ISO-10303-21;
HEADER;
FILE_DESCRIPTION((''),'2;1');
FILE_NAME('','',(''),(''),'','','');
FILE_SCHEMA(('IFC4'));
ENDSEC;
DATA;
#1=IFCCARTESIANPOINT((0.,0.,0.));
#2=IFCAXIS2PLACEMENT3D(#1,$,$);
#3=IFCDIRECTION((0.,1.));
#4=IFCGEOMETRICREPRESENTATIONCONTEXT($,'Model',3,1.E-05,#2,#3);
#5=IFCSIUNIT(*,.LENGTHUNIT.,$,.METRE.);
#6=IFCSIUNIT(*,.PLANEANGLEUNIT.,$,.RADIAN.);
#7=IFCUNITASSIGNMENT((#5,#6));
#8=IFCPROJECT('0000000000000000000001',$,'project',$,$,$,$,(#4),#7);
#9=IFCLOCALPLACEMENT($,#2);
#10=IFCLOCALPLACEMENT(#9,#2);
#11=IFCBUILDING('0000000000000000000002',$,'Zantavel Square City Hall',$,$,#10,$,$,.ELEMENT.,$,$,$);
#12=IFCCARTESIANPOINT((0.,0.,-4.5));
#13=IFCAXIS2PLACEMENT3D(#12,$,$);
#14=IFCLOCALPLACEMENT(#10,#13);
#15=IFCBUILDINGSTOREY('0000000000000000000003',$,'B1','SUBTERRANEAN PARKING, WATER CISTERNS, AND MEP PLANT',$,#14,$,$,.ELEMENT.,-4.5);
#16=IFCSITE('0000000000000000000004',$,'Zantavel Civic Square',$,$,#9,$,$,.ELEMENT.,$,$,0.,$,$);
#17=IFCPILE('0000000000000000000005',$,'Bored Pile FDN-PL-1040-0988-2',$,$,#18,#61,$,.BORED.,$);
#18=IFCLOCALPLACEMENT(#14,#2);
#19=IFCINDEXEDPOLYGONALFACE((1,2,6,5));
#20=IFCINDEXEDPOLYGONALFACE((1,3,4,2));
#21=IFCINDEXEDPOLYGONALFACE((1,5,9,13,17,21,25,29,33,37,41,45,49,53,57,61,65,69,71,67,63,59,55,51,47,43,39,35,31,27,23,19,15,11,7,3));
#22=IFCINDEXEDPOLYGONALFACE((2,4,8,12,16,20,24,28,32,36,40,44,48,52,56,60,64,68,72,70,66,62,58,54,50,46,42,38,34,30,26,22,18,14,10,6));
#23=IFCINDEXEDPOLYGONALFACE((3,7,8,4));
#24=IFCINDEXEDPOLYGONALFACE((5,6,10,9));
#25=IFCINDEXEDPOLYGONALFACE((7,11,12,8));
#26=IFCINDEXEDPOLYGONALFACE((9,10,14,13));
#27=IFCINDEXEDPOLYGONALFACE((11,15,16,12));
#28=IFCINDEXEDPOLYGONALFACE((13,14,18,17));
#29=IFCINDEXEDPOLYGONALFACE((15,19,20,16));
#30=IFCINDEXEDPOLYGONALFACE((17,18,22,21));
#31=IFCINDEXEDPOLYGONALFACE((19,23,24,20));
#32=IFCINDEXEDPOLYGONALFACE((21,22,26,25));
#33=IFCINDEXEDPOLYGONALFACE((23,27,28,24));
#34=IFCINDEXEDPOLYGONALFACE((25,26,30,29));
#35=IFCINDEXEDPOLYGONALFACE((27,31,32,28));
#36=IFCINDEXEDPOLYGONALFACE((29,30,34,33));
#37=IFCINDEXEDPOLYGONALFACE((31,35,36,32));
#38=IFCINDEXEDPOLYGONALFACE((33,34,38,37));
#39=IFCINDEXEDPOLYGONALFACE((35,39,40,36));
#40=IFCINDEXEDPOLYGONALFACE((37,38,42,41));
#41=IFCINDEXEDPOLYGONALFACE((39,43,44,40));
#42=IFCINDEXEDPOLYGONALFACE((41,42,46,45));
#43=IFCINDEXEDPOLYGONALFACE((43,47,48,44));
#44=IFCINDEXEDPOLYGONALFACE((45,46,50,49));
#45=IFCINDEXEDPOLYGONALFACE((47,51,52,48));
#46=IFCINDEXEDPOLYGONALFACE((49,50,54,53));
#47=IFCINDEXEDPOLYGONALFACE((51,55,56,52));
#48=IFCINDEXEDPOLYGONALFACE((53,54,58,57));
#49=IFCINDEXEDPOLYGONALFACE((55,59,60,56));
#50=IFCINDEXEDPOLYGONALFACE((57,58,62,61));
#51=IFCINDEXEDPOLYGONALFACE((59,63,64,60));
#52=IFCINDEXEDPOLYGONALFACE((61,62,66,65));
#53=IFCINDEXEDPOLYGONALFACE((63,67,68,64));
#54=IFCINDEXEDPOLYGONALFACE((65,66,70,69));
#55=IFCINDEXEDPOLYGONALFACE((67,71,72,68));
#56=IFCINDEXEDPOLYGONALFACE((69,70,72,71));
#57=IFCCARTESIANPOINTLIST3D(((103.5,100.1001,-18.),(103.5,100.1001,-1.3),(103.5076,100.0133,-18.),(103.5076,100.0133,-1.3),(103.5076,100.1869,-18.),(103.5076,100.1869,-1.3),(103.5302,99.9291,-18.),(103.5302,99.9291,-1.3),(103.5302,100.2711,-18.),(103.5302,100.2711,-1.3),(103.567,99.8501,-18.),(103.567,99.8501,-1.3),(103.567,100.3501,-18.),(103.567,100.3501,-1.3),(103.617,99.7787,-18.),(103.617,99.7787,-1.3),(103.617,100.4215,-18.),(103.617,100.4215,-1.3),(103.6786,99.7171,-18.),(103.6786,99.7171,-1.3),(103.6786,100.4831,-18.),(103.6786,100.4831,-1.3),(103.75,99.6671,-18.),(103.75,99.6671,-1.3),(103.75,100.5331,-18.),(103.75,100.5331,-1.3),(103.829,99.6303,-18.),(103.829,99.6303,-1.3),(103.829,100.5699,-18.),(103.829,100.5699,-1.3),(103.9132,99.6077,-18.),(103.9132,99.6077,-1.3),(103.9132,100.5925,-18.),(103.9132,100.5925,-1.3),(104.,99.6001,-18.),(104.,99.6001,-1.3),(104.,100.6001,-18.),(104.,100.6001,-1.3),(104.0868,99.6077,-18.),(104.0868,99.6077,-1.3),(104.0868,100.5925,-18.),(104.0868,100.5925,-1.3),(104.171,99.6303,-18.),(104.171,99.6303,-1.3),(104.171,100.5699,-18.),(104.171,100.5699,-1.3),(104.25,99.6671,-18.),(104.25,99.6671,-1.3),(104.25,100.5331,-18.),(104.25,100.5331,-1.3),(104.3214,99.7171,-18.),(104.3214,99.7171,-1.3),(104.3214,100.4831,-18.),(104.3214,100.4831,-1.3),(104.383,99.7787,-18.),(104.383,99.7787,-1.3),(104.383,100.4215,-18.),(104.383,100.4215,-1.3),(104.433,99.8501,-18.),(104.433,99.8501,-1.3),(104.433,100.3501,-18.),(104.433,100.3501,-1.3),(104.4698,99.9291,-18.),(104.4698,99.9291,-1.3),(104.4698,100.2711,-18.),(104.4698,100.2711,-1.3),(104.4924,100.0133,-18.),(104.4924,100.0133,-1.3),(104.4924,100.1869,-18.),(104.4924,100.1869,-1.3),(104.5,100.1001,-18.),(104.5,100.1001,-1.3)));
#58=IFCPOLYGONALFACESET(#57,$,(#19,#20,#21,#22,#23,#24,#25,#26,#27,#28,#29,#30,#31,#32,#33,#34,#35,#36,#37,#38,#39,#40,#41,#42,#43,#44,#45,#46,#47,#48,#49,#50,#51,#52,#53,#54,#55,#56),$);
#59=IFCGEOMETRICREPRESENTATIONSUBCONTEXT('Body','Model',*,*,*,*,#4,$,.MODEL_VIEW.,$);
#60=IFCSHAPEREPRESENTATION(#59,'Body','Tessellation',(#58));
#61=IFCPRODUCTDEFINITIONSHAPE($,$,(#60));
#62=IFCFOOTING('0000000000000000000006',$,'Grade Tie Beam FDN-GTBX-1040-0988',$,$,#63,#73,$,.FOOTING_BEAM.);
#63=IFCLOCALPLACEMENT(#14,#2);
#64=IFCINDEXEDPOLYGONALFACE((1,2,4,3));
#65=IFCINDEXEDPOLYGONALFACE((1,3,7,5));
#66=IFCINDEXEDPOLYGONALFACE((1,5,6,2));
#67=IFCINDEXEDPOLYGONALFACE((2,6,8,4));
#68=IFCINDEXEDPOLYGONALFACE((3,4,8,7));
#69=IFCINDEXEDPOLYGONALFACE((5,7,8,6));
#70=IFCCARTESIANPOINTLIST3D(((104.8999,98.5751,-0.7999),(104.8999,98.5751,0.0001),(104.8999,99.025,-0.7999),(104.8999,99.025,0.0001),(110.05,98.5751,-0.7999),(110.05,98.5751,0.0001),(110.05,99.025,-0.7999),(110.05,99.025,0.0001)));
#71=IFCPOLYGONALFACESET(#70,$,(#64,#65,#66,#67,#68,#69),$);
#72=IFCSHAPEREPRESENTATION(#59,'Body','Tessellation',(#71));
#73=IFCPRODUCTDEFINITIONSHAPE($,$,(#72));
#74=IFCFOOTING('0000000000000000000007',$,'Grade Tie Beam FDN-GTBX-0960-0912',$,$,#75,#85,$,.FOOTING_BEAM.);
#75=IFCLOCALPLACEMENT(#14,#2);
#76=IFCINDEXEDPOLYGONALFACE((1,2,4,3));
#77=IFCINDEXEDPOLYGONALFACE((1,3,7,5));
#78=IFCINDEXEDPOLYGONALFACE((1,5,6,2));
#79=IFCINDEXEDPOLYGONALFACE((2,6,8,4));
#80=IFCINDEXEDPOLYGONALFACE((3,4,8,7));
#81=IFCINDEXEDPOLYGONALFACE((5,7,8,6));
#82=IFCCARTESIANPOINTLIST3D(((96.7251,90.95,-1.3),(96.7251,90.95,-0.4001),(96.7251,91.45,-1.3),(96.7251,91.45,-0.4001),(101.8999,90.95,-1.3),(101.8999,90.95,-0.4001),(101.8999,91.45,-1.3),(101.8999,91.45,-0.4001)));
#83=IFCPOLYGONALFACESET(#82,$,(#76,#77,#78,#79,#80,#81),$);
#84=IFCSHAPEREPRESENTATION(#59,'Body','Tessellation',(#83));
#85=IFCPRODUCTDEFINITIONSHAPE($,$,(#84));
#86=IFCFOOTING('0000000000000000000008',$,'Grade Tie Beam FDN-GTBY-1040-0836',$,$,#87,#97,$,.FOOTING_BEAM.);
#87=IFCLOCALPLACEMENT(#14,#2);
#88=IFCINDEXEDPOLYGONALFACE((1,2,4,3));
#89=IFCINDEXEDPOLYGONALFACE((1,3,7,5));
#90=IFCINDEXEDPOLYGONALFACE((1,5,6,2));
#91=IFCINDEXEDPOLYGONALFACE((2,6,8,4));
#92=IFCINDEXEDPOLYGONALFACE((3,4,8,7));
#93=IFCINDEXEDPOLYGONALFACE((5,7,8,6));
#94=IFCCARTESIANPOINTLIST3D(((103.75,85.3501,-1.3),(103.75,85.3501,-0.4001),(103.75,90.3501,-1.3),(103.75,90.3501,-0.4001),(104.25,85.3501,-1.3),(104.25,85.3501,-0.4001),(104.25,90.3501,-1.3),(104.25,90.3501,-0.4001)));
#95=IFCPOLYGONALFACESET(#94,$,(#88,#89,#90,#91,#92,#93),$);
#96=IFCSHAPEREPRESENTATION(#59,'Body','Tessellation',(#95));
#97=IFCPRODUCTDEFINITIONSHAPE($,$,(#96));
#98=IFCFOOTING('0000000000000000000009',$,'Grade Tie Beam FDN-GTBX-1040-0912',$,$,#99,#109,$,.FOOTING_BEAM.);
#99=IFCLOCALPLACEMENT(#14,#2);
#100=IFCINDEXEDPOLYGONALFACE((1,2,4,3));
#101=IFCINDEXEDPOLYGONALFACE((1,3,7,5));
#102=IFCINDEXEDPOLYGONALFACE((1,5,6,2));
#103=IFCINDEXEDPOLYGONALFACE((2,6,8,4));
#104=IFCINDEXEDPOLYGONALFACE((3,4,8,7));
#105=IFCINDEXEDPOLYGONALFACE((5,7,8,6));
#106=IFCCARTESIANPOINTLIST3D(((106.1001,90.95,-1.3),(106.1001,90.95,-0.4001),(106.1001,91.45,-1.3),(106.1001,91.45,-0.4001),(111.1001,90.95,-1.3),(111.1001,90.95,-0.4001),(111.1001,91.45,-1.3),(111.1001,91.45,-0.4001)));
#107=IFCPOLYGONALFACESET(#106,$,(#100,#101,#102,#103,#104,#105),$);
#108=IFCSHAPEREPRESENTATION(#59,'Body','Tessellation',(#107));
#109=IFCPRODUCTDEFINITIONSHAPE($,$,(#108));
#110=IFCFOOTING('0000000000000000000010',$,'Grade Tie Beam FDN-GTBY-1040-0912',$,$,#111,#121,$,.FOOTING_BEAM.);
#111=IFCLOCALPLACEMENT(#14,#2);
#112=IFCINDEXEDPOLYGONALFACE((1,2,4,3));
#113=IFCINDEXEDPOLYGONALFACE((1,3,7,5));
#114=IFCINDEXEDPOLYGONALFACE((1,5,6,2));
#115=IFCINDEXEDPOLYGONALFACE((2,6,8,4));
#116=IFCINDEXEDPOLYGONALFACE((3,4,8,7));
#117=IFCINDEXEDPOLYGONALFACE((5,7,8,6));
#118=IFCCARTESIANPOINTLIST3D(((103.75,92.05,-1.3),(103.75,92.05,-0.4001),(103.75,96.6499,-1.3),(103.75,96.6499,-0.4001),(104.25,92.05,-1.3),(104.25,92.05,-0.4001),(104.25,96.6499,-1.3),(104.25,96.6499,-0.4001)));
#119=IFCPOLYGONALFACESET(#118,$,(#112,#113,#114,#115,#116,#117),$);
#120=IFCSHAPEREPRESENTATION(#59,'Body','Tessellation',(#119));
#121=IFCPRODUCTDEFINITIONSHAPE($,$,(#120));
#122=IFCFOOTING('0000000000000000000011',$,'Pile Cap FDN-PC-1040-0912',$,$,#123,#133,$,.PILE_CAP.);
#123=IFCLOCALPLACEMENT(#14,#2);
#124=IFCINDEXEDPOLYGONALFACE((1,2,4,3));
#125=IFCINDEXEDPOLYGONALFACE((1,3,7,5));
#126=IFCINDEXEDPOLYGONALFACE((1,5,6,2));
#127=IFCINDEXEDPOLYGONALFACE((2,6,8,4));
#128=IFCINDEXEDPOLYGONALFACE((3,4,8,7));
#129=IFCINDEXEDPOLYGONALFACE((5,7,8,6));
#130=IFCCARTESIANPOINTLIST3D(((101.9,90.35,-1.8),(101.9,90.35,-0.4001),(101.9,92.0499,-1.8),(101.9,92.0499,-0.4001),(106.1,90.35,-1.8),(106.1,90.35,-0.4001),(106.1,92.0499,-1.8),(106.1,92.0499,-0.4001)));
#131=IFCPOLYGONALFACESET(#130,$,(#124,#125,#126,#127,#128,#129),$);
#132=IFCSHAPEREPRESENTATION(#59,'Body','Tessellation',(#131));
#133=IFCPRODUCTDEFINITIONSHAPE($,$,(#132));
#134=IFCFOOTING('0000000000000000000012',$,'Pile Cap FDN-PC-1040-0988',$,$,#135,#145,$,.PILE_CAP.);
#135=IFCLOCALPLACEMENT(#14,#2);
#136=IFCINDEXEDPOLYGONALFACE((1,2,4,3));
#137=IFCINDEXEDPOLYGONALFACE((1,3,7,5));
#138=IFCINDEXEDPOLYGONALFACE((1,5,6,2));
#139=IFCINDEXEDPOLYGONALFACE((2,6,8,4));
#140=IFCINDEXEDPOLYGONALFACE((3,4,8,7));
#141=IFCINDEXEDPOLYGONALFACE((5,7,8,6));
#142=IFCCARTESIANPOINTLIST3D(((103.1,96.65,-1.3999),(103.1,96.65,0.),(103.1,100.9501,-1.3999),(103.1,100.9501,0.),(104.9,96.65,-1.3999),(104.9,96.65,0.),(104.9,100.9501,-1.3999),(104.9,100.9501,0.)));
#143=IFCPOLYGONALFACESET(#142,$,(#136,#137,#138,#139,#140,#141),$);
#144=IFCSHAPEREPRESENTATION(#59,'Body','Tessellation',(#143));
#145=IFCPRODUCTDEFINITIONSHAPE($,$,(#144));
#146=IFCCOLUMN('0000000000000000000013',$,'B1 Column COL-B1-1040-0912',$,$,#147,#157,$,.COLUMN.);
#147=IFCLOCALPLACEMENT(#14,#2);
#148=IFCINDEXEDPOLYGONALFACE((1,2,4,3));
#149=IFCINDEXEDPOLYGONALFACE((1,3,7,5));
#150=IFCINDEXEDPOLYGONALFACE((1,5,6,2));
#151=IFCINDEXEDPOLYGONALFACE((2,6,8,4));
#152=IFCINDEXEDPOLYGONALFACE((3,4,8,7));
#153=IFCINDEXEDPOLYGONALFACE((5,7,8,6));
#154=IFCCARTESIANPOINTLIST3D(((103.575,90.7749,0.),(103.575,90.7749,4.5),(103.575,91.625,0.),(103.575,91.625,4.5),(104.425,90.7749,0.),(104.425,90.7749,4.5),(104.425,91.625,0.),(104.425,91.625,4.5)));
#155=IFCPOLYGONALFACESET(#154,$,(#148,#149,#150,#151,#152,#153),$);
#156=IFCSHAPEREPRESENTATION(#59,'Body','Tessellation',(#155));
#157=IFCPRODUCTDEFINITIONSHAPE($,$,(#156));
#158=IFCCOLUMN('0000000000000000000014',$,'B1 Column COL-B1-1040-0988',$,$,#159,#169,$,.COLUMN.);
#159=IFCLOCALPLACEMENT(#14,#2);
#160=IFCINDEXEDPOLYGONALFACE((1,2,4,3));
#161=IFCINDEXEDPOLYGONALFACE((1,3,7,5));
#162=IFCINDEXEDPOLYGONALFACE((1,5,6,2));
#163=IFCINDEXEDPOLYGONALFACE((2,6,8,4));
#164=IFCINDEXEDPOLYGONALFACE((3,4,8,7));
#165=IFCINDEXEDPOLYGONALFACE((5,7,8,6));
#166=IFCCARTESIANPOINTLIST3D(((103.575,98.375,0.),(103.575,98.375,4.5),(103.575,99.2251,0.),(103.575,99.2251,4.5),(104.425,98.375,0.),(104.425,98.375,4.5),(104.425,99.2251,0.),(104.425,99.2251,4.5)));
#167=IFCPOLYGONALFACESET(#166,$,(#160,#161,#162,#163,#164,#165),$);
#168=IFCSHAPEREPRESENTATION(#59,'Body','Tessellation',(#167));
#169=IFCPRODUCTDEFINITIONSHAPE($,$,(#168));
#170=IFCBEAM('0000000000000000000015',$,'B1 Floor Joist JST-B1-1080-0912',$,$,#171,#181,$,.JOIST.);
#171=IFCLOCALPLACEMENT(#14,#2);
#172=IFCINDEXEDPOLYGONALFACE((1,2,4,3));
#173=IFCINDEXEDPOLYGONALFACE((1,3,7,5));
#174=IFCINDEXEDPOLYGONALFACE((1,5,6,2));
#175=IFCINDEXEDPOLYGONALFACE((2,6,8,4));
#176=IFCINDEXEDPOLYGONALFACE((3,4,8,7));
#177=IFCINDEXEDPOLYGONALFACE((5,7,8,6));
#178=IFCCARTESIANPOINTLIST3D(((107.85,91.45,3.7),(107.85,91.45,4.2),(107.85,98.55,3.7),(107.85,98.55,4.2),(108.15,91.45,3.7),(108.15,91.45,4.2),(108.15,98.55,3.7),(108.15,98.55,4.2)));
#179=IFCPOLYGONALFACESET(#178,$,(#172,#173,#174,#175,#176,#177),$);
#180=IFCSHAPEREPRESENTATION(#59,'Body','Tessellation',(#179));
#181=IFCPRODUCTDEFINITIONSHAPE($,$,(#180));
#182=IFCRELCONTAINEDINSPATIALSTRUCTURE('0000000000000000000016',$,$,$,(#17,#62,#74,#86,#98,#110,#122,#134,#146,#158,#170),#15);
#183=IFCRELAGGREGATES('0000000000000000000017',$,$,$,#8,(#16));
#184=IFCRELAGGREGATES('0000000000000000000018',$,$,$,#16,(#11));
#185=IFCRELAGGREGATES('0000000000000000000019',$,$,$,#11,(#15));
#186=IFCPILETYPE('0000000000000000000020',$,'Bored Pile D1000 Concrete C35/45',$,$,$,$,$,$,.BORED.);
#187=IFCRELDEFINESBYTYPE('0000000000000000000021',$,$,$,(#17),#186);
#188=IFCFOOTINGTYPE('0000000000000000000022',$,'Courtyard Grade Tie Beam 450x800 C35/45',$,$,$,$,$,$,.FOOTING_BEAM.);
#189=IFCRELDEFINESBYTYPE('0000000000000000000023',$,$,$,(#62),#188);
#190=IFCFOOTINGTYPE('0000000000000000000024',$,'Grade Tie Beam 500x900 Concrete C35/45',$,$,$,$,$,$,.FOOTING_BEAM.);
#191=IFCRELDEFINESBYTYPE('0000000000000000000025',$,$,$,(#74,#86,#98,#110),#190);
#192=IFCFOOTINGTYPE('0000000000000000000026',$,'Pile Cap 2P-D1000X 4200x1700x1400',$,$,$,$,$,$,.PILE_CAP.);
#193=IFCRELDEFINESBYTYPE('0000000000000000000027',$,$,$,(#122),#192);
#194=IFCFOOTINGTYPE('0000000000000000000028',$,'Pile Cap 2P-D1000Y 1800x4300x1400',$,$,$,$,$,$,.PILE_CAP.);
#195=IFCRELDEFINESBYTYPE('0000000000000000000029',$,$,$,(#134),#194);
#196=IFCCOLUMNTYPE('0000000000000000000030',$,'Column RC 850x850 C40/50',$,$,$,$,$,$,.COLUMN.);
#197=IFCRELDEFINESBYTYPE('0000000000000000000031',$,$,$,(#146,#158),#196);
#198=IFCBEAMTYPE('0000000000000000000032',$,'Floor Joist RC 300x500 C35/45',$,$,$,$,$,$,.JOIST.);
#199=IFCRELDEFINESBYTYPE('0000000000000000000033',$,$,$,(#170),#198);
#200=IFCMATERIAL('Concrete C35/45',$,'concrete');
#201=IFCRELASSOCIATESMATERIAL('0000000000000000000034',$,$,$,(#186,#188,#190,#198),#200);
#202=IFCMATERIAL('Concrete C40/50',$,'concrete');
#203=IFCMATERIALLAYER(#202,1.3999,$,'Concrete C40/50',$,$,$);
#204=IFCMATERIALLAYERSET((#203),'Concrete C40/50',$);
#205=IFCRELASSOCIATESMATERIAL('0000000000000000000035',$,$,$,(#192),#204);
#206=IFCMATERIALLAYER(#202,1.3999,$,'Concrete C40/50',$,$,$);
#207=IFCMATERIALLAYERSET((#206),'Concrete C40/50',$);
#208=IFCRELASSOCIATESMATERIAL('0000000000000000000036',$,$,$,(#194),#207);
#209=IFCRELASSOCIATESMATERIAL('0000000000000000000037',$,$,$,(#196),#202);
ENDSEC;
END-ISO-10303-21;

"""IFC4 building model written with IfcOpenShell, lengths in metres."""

from ifc_helpers import new_model, si_unit, direction, frame, origin, origin_2d, place, context, subcontext, project, spatial, rectangle, circle, extrude, material, layer, layer_set, material_profile, profile_set, type_object, element, save


model = new_model("IFC4")

# Units and contexts
model_context = context("Model", 3, precision=1e-05, world=origin(), true_north=direction((0.0, 1.0)))
body_context = subcontext(model_context, "Body", "Model", "MODEL_VIEW")
ifc_project = project(units=[si_unit("LENGTHUNIT", "METRE"), si_unit("PLANEANGLEUNIT", "RADIAN")], contexts=[model_context])

# Site, building, storey
site_placement = place(None, origin())
site = spatial("IfcSite", under=ifc_project, at=site_placement, Name="Zantavel Civic Square", CompositionType="ELEMENT", RefElevation=0.0)
building_placement = place(site_placement, origin())
building = spatial("IfcBuilding", under=site, at=building_placement, Name="Zantavel Square City Hall", CompositionType="ELEMENT")
storey_placement = place(building_placement, frame((0.0, 0.0, -4.5)))
storey = spatial("IfcBuildingStorey", under=building, at=storey_placement, Name="B1", Description="SUBTERRANEAN PARKING, WATER CISTERNS, AND MEP PLANT", CompositionType="ELEMENT", Elevation=-4.5)

# Pile
ifc_material_1 = material(Name="Concrete C35/45", Category="concrete")
ifc_material_profile_1 = material_profile(ifc_material_1, circle(Radius=0.5, at=origin_2d()), Name="PILE D1000")
ifc_profile_set_1 = profile_set([ifc_material_profile_1], Name="Concrete C35/45")
pile_type = type_object("IfcPileType", Name="Bored Pile D1000 Concrete C35/45", PredefinedType="BORED", material=ifc_profile_set_1)
for number, where, z_axis, x_axis, name in (
    (1, (104.0, 100.1001, -1.3), (0.0, 0.0, -1.0), (1.0, 0.0, 0.0), "Bored Pile FDN-PL-1040-0988-2"),
):
    element("IfcPile", number, at=place(storey_placement, frame(where, z_axis=z_axis, x_axis=x_axis)), inside=storey, type_object=pile_type, Name=name, PredefinedType="BORED", context=body_context, shape_type="SweptSolid", body=[
        extrude(circle(Radius=0.5, at=origin_2d()), origin(), (0.0, 0.0, 1.0), 16.7),
    ])

# Footings
ifc_material_profile_2 = material_profile(ifc_material_1, rectangle(XDim=0.45, YDim=0.8, at=origin_2d()), Name="RC 450x800")
ifc_profile_set_2 = profile_set([ifc_material_profile_2], Name="Concrete C35/45")
footing_type_1 = type_object("IfcFootingType", Name="Courtyard Grade Tie Beam 450x800 C35/45", PredefinedType="FOOTING_BEAM", material=ifc_profile_set_2)
footing_1_placement = place(storey_placement, frame((104.8999, 98.8, -0.3999), z_axis=(1.0, 0.0, 0.0), x_axis=(0.0, 1.0, 0.0)))
element("IfcFooting", 2, at=footing_1_placement, inside=storey, type_object=footing_type_1, Name="Grade Tie Beam FDN-GTBX-1040-0988", PredefinedType="FOOTING_BEAM", context=body_context, shape_type="SweptSolid", body=[
    extrude(rectangle(XDim=0.45, YDim=0.8, at=origin_2d()), origin(), (0.0, 0.0, 1.0), 5.1501),
])
ifc_material_profile_3 = material_profile(ifc_material_1, rectangle(XDim=0.5, YDim=0.8999, at=origin_2d()), Name="RC 500x900")
ifc_profile_set_3 = profile_set([ifc_material_profile_3], Name="Concrete C35/45")
footing_type_2 = type_object("IfcFootingType", Name="Grade Tie Beam 500x900 Concrete C35/45", PredefinedType="FOOTING_BEAM", material=ifc_profile_set_3)
footing_2_placement = place(storey_placement, frame((96.7251, 91.2, -0.8501), z_axis=(1.0, 0.0, 0.0), x_axis=(0.0, 1.0, 0.0)))
element("IfcFooting", 3, at=footing_2_placement, inside=storey, type_object=footing_type_2, Name="Grade Tie Beam FDN-GTBX-0960-0912", PredefinedType="FOOTING_BEAM", context=body_context, shape_type="SweptSolid", body=[
    extrude(rectangle(XDim=0.5, YDim=0.8999, at=origin_2d()), origin(), (0.0, 0.0, 1.0), 5.1748),
])
for number, where, z_axis, x_axis, name in (
    (4, (104.0, 85.3501, -0.8501), (0.0, 1.0, 0.0), (-1.0, 0.0, 0.0), "Grade Tie Beam FDN-GTBY-1040-0836"),
    (5, (106.1001, 91.2, -0.8501), (1.0, 0.0, 0.0), (0.0, 1.0, 0.0), "Grade Tie Beam FDN-GTBX-1040-0912"),
):
    element("IfcFooting", number, at=place(storey_placement, frame(where, z_axis=z_axis, x_axis=x_axis)), inside=storey, type_object=footing_type_2, Name=name, PredefinedType="FOOTING_BEAM", context=body_context, shape_type="SweptSolid", body=[
        extrude(rectangle(XDim=0.5, YDim=0.8999, at=origin_2d()), origin(), (0.0, 0.0, 1.0), 5.0),
    ])
footing_3_placement = place(storey_placement, frame((104.0, 92.05, -0.8501), z_axis=(0.0, 1.0, 0.0), x_axis=(-1.0, 0.0, 0.0)))
element("IfcFooting", 6, at=footing_3_placement, inside=storey, type_object=footing_type_2, Name="Grade Tie Beam FDN-GTBY-1040-0912", PredefinedType="FOOTING_BEAM", context=body_context, shape_type="SweptSolid", body=[
    extrude(rectangle(XDim=0.5, YDim=0.8999, at=origin_2d()), origin(), (0.0, 0.0, 1.0), 4.5999),
])
ifc_material_2 = material(Name="Concrete C40/50", Category="concrete")
ifc_layer_1 = layer(ifc_material_2, 1.3999, Name="Concrete C40/50")
ifc_layer_set_1 = layer_set([ifc_layer_1], Name="Concrete C40/50")
footing_type_3 = type_object("IfcFootingType", Name="Pile Cap 2P-D1000X 4200x1700x1400", PredefinedType="PILE_CAP", material=ifc_layer_set_1)
footing_4_placement = place(storey_placement, frame((104.0, 91.2, -1.8), z_axis=(0.0, 0.0, 1.0), x_axis=(1.0, 0.0, 0.0)))
element("IfcFooting", 7, at=footing_4_placement, inside=storey, type_object=footing_type_3, Name="Pile Cap FDN-PC-1040-0912", PredefinedType="PILE_CAP", context=body_context, shape_type="SweptSolid", body=[
    extrude(rectangle(XDim=4.2, YDim=1.7, at=origin_2d()), origin(), (0.0, 0.0, 1.0), 1.3999),
])
ifc_layer_2 = layer(ifc_material_2, 1.3999, Name="Concrete C40/50")
ifc_layer_set_2 = layer_set([ifc_layer_2], Name="Concrete C40/50")
footing_type_4 = type_object("IfcFootingType", Name="Pile Cap 2P-D1000Y 1800x4300x1400", PredefinedType="PILE_CAP", material=ifc_layer_set_2)
footing_5_placement = place(storey_placement, frame((104.0, 98.8, -1.3999), z_axis=(0.0, 0.0, 1.0), x_axis=(1.0, 0.0, 0.0)))
element("IfcFooting", 8, at=footing_5_placement, inside=storey, type_object=footing_type_4, Name="Pile Cap FDN-PC-1040-0988", PredefinedType="PILE_CAP", context=body_context, shape_type="SweptSolid", body=[
    extrude(rectangle(XDim=1.8, YDim=4.3, at=origin_2d()), origin(), (0.0, 0.0, 1.0), 1.3999),
])

# Columns
ifc_material_profile_4 = material_profile(ifc_material_2, rectangle(XDim=0.8501, YDim=0.8501, at=origin_2d()), Name="RC 850x850")
ifc_profile_set_4 = profile_set([ifc_material_profile_4], Name="Concrete C40/50")
column_type = type_object("IfcColumnType", Name="Column RC 850x850 C40/50", PredefinedType="COLUMN", material=ifc_profile_set_4)
for number, where, z_axis, x_axis, name in (
    (9, (104.0, 91.2, 0.0), (0.0, 0.0, 1.0), (1.0, 0.0, 0.0), "B1 Column COL-B1-1040-0912"),
    (10, (104.0, 98.8, 0.0), (0.0, 0.0, 1.0), (1.0, 0.0, 0.0), "B1 Column COL-B1-1040-0988"),
):
    element("IfcColumn", number, at=place(storey_placement, frame(where, z_axis=z_axis, x_axis=x_axis)), inside=storey, type_object=column_type, Name=name, PredefinedType="COLUMN", context=body_context, shape_type="SweptSolid", body=[
        extrude(rectangle(XDim=0.8501, YDim=0.8501, at=origin_2d()), origin(), (0.0, 0.0, 1.0), 4.5),
    ])

# Beam
ifc_material_profile_5 = material_profile(ifc_material_1, rectangle(XDim=0.3, YDim=0.5, at=origin_2d()), Name="RC 300x500")
ifc_profile_set_5 = profile_set([ifc_material_profile_5], Name="Concrete C35/45")
beam_type_1 = type_object("IfcBeamType", Name="Floor Joist RC 300x500 C35/45", PredefinedType="JOIST", material=ifc_profile_set_5)
beam_1_placement = place(storey_placement, frame((108.0, 91.45, 3.95), z_axis=(0.0, 1.0, 0.0), x_axis=(-1.0, 0.0, 0.0)))
element("IfcBeam", 11, at=beam_1_placement, inside=storey, type_object=beam_type_1, Name="B1 Floor Joist JST-B1-1080-0912", PredefinedType="JOIST", context=body_context, shape_type="SweptSolid", body=[
    extrude(rectangle(XDim=0.3, YDim=0.5, at=origin_2d()), origin(), (0.0, 0.0, 1.0), 7.1001),
])

save(model, "model.ifc")
